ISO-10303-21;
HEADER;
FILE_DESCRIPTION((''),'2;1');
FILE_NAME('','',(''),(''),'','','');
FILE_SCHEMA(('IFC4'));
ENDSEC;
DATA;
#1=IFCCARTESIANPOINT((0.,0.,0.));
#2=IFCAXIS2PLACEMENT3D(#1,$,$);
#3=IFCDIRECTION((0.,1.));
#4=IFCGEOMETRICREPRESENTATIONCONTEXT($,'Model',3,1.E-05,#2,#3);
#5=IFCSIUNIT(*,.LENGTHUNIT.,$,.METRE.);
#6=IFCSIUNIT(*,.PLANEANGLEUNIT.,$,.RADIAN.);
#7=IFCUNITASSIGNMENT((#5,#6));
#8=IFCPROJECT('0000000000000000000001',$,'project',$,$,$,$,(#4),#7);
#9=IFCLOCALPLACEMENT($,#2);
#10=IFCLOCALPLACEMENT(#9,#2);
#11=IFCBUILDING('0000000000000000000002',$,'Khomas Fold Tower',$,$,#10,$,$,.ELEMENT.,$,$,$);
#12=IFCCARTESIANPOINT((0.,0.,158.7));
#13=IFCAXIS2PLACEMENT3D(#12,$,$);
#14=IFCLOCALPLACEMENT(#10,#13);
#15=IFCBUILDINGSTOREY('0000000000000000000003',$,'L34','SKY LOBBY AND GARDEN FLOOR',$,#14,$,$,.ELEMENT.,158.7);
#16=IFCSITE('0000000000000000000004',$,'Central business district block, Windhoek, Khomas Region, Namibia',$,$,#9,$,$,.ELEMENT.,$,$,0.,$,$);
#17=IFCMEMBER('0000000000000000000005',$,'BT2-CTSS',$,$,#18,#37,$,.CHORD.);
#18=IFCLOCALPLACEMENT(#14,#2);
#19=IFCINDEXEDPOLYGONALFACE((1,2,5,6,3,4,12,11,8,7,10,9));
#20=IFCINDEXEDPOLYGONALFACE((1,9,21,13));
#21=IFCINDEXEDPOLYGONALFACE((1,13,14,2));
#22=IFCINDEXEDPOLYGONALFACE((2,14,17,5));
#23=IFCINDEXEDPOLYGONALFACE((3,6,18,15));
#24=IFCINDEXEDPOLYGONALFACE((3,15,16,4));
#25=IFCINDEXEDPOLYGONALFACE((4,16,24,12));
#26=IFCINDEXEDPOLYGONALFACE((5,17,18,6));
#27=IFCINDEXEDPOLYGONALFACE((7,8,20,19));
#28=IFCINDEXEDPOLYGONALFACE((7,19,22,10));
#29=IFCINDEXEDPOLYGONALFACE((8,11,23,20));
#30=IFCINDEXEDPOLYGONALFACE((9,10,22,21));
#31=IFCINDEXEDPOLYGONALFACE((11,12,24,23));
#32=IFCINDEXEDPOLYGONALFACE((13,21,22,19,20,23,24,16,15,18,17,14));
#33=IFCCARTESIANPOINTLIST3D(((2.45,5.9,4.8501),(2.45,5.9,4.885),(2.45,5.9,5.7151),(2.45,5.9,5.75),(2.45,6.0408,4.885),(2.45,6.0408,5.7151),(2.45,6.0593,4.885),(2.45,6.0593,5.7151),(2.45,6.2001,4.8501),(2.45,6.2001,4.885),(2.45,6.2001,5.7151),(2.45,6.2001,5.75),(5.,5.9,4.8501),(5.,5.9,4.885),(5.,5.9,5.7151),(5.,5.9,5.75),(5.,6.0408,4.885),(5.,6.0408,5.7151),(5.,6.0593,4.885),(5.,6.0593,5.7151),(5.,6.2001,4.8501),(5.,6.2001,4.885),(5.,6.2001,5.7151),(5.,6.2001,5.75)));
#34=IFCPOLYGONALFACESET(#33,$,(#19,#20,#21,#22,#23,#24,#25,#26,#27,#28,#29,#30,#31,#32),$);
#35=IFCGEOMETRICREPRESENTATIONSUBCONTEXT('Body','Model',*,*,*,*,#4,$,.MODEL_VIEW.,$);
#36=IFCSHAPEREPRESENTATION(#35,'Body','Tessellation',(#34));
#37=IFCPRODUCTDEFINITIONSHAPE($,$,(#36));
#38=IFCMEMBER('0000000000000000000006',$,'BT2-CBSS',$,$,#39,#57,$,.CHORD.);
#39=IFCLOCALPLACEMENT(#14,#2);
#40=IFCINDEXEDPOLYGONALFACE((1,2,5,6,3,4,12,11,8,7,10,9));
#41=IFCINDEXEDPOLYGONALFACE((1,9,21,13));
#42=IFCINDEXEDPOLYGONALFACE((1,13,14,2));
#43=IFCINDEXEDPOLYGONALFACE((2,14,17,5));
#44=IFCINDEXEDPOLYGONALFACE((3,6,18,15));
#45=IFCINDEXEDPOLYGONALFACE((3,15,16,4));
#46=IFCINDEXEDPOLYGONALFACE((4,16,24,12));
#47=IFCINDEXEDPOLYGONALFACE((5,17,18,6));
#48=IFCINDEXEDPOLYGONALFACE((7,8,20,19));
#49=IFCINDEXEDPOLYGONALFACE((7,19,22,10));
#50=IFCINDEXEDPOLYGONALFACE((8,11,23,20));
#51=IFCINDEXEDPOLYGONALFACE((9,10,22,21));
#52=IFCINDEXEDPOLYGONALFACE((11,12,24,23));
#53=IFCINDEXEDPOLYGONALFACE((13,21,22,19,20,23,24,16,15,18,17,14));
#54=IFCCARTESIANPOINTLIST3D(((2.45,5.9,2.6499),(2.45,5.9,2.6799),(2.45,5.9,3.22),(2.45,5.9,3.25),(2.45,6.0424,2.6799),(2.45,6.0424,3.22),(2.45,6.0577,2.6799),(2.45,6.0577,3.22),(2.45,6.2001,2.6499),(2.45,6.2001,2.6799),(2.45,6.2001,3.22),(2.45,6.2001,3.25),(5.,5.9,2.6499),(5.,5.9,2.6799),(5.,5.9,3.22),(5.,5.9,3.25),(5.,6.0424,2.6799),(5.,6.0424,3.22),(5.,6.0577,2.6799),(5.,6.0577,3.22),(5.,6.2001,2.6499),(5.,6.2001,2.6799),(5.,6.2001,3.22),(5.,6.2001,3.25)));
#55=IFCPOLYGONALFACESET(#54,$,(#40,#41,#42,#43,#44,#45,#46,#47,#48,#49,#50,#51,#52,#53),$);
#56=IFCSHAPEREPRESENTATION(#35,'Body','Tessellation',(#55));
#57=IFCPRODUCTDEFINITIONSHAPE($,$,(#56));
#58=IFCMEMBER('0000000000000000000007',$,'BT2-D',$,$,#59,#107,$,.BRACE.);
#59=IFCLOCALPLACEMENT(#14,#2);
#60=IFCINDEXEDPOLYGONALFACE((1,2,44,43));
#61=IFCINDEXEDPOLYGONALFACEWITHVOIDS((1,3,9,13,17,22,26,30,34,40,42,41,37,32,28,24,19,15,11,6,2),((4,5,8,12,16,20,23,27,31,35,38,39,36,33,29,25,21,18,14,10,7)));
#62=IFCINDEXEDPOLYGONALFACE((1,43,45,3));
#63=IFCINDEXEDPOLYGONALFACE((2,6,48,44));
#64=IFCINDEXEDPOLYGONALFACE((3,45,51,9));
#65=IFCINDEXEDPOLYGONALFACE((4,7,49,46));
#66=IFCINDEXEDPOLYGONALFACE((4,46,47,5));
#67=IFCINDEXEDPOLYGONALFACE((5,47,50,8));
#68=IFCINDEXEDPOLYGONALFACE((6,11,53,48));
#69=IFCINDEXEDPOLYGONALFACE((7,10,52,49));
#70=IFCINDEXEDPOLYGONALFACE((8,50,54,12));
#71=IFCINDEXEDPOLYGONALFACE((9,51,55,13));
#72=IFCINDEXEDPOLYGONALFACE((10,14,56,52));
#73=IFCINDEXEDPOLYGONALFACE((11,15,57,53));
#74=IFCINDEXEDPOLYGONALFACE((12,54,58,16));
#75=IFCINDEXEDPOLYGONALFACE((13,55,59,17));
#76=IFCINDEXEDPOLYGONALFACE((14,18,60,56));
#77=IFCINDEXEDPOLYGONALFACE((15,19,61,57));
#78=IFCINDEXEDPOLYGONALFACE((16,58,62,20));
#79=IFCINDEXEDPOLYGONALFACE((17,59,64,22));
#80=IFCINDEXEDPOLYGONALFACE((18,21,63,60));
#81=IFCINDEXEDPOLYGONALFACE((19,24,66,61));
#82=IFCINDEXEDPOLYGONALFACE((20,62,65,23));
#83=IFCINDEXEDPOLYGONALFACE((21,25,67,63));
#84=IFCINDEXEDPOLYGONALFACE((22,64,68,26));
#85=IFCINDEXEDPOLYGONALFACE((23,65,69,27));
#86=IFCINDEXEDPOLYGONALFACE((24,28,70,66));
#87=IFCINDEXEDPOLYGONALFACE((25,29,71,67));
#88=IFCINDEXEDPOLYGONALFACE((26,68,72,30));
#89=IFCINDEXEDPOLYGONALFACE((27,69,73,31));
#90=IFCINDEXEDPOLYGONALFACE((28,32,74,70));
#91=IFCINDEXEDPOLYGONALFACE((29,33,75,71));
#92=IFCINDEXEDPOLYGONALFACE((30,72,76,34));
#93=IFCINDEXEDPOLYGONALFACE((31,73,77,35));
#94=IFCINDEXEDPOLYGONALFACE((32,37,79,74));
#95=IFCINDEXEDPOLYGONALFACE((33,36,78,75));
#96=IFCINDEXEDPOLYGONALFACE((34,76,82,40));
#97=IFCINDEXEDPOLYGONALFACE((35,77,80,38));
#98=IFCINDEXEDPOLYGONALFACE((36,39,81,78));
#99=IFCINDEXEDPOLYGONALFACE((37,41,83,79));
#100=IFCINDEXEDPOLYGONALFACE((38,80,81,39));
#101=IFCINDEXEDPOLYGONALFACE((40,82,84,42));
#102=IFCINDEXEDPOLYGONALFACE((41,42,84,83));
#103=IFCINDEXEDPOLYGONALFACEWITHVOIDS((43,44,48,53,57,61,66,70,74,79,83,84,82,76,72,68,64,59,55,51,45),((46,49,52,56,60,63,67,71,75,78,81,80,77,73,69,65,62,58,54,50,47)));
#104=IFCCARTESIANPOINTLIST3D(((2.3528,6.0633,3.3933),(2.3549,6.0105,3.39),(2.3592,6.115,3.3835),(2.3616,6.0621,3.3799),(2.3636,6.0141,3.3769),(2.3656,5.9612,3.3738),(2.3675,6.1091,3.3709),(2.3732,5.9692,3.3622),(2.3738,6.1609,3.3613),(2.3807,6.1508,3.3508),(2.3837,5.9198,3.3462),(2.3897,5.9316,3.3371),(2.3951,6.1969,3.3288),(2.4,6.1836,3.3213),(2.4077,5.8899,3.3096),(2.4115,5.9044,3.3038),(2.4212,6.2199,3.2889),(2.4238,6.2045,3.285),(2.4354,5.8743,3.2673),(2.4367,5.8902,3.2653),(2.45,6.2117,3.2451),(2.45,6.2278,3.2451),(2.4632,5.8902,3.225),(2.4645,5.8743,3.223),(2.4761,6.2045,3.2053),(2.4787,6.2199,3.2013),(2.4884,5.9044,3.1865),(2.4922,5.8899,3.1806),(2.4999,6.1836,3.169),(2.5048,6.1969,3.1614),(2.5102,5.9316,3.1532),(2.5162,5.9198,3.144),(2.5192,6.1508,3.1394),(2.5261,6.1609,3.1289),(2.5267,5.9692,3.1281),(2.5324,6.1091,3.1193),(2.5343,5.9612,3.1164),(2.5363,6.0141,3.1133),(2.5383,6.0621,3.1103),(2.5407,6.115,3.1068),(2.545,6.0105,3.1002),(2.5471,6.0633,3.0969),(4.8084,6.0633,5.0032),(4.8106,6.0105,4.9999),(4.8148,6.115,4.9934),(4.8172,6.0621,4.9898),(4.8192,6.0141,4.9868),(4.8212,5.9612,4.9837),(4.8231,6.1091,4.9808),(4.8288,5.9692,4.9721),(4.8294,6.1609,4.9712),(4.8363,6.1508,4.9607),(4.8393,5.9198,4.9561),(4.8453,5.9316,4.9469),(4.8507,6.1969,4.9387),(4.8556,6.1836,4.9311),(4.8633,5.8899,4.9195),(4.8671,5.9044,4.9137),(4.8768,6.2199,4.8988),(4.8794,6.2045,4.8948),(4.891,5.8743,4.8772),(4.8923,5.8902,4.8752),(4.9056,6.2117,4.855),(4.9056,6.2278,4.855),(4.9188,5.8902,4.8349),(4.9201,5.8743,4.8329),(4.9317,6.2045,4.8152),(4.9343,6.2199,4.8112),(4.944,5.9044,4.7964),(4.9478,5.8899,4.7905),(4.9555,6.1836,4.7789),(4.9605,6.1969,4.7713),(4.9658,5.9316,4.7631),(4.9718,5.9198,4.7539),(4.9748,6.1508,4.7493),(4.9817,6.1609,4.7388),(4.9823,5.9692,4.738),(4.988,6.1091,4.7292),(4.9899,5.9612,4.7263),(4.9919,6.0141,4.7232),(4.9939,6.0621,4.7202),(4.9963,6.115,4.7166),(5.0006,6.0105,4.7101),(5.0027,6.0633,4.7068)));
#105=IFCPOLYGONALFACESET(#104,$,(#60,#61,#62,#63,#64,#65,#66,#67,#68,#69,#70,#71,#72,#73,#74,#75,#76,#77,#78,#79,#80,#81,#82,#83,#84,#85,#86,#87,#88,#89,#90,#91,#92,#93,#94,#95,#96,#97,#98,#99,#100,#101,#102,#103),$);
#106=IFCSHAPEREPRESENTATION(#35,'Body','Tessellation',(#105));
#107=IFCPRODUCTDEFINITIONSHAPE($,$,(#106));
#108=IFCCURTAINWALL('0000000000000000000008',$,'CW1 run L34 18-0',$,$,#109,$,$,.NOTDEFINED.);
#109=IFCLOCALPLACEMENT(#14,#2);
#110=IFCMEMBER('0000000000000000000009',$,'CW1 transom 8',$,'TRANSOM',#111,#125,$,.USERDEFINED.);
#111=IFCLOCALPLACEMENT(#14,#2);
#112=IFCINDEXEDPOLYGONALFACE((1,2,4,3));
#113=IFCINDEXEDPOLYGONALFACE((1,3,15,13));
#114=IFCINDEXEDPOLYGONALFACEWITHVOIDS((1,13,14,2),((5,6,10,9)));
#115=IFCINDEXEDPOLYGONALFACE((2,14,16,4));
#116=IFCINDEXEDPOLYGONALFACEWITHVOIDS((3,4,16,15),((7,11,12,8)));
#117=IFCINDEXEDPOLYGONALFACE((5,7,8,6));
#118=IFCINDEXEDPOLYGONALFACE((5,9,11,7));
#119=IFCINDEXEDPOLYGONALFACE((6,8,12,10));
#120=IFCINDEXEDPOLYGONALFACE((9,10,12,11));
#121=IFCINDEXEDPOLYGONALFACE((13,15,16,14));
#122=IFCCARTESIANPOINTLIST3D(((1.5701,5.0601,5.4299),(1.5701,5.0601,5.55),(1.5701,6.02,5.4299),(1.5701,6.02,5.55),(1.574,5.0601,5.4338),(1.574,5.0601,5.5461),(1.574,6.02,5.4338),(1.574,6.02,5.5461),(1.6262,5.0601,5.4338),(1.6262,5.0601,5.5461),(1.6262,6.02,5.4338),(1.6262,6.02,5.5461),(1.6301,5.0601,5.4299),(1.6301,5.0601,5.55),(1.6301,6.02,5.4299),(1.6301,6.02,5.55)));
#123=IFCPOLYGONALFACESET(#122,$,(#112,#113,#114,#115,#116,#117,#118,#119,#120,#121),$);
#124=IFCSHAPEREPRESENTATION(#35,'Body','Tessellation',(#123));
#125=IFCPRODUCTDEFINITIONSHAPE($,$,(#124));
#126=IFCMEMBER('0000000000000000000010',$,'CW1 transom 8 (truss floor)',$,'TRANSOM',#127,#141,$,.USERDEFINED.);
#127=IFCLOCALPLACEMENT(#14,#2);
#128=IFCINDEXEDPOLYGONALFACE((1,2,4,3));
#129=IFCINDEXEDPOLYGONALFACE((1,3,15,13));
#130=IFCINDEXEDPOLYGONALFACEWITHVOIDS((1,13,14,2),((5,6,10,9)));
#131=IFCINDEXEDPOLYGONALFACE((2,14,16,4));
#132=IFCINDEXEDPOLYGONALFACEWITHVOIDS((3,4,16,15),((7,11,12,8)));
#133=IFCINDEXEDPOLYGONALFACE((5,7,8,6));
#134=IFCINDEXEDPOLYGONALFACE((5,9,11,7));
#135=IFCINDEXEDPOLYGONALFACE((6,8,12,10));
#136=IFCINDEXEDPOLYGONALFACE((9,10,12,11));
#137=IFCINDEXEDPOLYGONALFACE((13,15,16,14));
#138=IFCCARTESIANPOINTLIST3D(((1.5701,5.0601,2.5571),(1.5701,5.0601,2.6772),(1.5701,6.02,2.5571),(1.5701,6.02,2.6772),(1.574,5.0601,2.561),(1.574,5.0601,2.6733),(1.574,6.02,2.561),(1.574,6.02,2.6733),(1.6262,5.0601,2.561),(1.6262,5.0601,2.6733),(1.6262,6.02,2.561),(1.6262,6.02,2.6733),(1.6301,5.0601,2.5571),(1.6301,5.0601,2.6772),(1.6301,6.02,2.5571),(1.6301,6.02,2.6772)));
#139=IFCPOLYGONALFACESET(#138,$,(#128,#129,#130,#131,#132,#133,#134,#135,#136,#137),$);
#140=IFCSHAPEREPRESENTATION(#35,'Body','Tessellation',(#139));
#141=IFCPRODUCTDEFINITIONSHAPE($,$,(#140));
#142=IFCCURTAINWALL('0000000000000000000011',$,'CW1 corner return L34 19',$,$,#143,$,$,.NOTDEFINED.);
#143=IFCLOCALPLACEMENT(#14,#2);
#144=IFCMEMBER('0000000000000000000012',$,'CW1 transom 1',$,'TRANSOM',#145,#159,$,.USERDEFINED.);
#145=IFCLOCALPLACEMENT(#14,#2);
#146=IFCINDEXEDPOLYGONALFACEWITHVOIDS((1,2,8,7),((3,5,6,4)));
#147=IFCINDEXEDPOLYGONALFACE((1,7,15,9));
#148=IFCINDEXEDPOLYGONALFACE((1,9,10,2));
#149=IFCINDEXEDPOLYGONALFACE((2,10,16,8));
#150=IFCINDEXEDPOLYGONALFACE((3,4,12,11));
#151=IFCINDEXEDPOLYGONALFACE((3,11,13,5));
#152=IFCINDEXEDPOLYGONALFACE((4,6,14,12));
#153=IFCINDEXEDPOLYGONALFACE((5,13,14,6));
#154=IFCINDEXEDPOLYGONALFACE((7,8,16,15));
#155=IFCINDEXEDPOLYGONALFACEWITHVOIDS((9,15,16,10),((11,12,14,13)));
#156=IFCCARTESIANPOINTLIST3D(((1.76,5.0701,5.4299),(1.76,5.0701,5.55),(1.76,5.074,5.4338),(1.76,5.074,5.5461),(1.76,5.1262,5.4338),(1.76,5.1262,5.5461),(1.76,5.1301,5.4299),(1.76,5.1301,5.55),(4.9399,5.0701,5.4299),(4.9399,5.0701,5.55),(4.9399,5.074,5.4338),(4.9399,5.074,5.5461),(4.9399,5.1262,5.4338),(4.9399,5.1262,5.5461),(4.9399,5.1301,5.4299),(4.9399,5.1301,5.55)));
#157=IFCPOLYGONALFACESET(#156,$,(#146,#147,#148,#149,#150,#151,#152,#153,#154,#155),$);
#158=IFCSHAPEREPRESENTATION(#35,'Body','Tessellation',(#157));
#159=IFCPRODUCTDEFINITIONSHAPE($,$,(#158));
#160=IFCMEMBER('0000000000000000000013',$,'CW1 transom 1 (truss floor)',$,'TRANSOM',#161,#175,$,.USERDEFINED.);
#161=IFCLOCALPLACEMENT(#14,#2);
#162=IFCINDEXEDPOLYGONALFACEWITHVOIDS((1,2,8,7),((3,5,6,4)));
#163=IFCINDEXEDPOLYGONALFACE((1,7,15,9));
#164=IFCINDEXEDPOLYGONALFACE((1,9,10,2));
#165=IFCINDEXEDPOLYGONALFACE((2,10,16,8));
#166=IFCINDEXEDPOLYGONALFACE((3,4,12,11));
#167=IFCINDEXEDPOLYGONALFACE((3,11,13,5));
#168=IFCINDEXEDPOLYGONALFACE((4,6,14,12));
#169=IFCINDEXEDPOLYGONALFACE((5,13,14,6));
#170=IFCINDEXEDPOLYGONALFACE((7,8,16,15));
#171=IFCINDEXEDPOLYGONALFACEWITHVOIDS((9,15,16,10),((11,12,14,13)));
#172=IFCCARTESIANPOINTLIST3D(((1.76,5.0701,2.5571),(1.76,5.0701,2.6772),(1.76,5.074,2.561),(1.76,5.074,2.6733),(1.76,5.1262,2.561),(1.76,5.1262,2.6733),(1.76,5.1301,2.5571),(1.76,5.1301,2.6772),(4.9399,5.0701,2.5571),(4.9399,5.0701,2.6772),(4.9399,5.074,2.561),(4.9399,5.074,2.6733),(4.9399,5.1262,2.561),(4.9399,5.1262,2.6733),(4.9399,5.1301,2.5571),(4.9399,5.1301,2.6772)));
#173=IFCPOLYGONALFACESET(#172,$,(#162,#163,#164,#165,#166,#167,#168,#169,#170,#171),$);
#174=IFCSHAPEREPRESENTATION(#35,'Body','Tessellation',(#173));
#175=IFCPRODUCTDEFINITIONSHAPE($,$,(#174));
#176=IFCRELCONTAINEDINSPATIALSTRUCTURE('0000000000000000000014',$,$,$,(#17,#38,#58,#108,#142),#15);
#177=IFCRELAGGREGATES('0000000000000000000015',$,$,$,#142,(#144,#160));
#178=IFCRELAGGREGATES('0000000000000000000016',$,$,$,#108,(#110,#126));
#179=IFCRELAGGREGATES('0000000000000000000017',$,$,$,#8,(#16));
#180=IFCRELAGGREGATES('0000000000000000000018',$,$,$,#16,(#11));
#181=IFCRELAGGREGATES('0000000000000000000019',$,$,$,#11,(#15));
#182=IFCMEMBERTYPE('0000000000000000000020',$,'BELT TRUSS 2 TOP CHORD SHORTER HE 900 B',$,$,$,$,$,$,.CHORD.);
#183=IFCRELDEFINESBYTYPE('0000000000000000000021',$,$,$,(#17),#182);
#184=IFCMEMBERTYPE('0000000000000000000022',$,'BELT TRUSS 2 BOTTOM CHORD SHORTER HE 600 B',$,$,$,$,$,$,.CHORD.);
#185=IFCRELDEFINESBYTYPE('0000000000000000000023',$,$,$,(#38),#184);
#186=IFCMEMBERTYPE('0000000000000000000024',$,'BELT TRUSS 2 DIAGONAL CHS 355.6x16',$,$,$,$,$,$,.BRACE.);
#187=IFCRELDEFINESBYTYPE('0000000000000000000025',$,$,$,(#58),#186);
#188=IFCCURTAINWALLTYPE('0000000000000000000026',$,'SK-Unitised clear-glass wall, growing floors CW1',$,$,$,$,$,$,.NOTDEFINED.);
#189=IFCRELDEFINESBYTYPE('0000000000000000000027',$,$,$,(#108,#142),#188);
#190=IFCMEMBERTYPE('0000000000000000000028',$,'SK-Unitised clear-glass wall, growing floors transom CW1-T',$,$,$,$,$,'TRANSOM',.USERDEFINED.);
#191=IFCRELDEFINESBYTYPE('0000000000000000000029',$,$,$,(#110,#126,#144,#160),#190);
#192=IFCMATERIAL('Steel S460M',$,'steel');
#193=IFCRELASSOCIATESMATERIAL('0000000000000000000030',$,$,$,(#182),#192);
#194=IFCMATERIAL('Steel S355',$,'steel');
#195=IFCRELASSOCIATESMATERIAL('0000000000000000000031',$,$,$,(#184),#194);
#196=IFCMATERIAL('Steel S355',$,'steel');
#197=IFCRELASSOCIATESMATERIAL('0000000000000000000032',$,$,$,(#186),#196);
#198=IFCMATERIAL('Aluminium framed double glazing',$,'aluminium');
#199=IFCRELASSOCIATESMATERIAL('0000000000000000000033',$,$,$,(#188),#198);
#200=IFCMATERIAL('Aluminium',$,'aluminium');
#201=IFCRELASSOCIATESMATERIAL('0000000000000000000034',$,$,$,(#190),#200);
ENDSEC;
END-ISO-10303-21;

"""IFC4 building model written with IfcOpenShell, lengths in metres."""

from ifc_helpers import new_model, si_unit, direction, frame, origin, origin_2d, place, context, subcontext, project, spatial, hollow_rectangle, hollow_circle, i_section, extrude, source, transform, mapped, material, material_profile, profile_set, type_object, element, aggregate, save


model = new_model("IFC4")

# Units and contexts
model_context = context("Model", 3, precision=1e-05, world=origin(), true_north=direction((0.0, 1.0)))
body_context = subcontext(model_context, "Body", "Model", "MODEL_VIEW")
ifc_project = project(units=[si_unit("LENGTHUNIT", "METRE"), si_unit("PLANEANGLEUNIT", "RADIAN")], contexts=[model_context])

# Site, building, storey
site_placement = place(None, origin())
site = spatial("IfcSite", under=ifc_project, at=site_placement, Name="Central business district block, Windhoek, Khomas Region, Namibia", CompositionType="ELEMENT", RefElevation=0.0)
building_placement = place(site_placement, origin())
building = spatial("IfcBuilding", under=site, at=building_placement, Name="Khomas Fold Tower", CompositionType="ELEMENT")
storey_placement = place(building_placement, frame((0.0, 0.0, 158.7)))
storey = spatial("IfcBuildingStorey", under=building, at=storey_placement, Name="L34", Description="SKY LOBBY AND GARDEN FLOOR", CompositionType="ELEMENT", Elevation=158.7)

# Members
ifc_material_1 = material(Name="Steel S460M", Category="steel")
ifc_material_profile_1 = material_profile(ifc_material_1, i_section(OverallWidth=0.3, OverallDepth=0.8999, WebThickness=0.0186, FlangeThickness=0.0349, at=origin_2d()), Name="HE 900 B")
ifc_profile_set_1 = profile_set([ifc_material_profile_1], Name="Steel S460M")
member_type_1 = type_object("IfcMemberType", Name="BELT TRUSS 2 TOP CHORD SHORTER HE 900 B", PredefinedType="CHORD", material=ifc_profile_set_1)
shared_shape_1 = source(origin(), body_context, "Body", "SweptSolid", [
    extrude(i_section(OverallWidth=0.3, OverallDepth=0.8999, WebThickness=0.0186, FlangeThickness=0.0349, at=origin_2d()), origin(), (0.0, 0.0, 1.0), 2.55),
])
member_1_placement = place(storey_placement, frame((2.45, 6.05, 5.3), z_axis=(1.0, 0.0, 0.0), x_axis=(0.0, 1.0, 0.0)))
element("IfcMember", 1, at=member_1_placement, inside=storey, type_object=member_type_1, Name="BT2-CTSS", PredefinedType="CHORD", context=body_context, shape_type="MappedRepresentation", body=[
    mapped(shared_shape_1, transform((0.0, 0.0, 0.0))),
])
ifc_material_2 = material(Name="Steel S355", Category="steel")
ifc_material_profile_2 = material_profile(ifc_material_2, i_section(OverallWidth=0.3, OverallDepth=0.6001, WebThickness=0.0154, FlangeThickness=0.03, at=origin_2d()), Name="HE 600 B")
ifc_profile_set_2 = profile_set([ifc_material_profile_2], Name="Steel S355")
member_type_2 = type_object("IfcMemberType", Name="BELT TRUSS 2 BOTTOM CHORD SHORTER HE 600 B", PredefinedType="CHORD", material=ifc_profile_set_2)
shared_shape_2 = source(origin(), body_context, "Body", "SweptSolid", [
    extrude(i_section(OverallWidth=0.3, OverallDepth=0.6001, WebThickness=0.0154, FlangeThickness=0.03, at=origin_2d()), origin(), (0.0, 0.0, 1.0), 2.55),
])
member_2_placement = place(storey_placement, frame((2.45, 6.05, 2.95), z_axis=(1.0, 0.0, 0.0), x_axis=(0.0, 1.0, 0.0)))
element("IfcMember", 2, at=member_2_placement, inside=storey, type_object=member_type_2, Name="BT2-CBSS", PredefinedType="CHORD", context=body_context, shape_type="MappedRepresentation", body=[
    mapped(shared_shape_2, transform((0.0, 0.0, 0.0))),
])
ifc_material_3 = material(Name="Steel S355", Category="steel")
ifc_material_profile_3 = material_profile(ifc_material_3, hollow_circle(Radius=0.1777, WallThickness=0.0161, at=origin_2d()), Name="CHS 355.6x16")
ifc_profile_set_3 = profile_set([ifc_material_profile_3], Name="Steel S355")
member_type_3 = type_object("IfcMemberType", Name="BELT TRUSS 2 DIAGONAL CHS 355.6x16", PredefinedType="BRACE", material=ifc_profile_set_3)
shared_shape_3 = source(origin(), body_context, "Body", "SweptSolid", [
    extrude(hollow_circle(Radius=0.1777, WallThickness=0.0161, at=origin_2d()), origin(), (0.0, 0.0, 1.0), 2.9363),
])
member_3_placement = place(storey_placement, frame((2.45, 6.05, 3.2451), z_axis=(0.836298, 0.0, 0.548275), x_axis=(0.0, 1.0, 0.0)))
element("IfcMember", 3, at=member_3_placement, inside=storey, type_object=member_type_3, Name="BT2-D", PredefinedType="BRACE", context=body_context, shape_type="MappedRepresentation", body=[
    mapped(shared_shape_3, transform((0.0, 0.0, 0.0))),
])

# Curtain wall, members
ifc_material_4 = material(Name="Aluminium framed double glazing", Category="aluminium")
curtain_wall_type = type_object("IfcCurtainWallType", Name="SK-Unitised clear-glass wall, growing floors CW1", PredefinedType="NOTDEFINED", material=ifc_material_4)
curtain_wall_1_placement = place(storey_placement, origin())
curtain_wall_1 = element("IfcCurtainWall", 4, at=curtain_wall_1_placement, inside=storey, type_object=curtain_wall_type, Name="CW1 run L34 18-0", PredefinedType="NOTDEFINED")
ifc_material_5 = material(Name="Aluminium", Category="aluminium")
ifc_material_profile_4 = material_profile(ifc_material_5, hollow_rectangle(XDim=0.0601, YDim=0.1201, WallThickness=0.0039, at=origin_2d()), Name="SK-Unitised clear-glass wall, growing floors transom CW1-T")
ifc_profile_set_4 = profile_set([ifc_material_profile_4], Name="Aluminium")
member_type_4 = type_object("IfcMemberType", Name="SK-Unitised clear-glass wall, growing floors transom CW1-T", ElementType="TRANSOM", PredefinedType="USERDEFINED", material=ifc_profile_set_4)
shared_shape_4 = source(origin(), body_context, "Body", "SweptSolid", [
    extrude(hollow_rectangle(XDim=0.0601, YDim=0.1201, WallThickness=0.0039, at=origin_2d()), origin(), (0.0, 0.0, 1.0), 0.96),
])
member_4_placement = place(storey_placement, frame((1.6001, 6.02, 5.49), z_axis=(0.0, -1.0, 0.0), x_axis=(1.0, 0.0, 0.0)))
member_4 = element("IfcMember", 5, at=member_4_placement, type_object=member_type_4, Name="CW1 transom 8", ObjectType="TRANSOM", PredefinedType="USERDEFINED", context=body_context, shape_type="MappedRepresentation", body=[
    mapped(shared_shape_4, transform((0.0, 0.0, 0.0))),
])
member_5_placement = place(storey_placement, frame((1.6001, 6.02, 2.6172), z_axis=(0.0, -1.0, 0.0), x_axis=(1.0, 0.0, 0.0)))
member_5 = element("IfcMember", 6, at=member_5_placement, type_object=member_type_4, Name="CW1 transom 8 (truss floor)", ObjectType="TRANSOM", PredefinedType="USERDEFINED", context=body_context, shape_type="MappedRepresentation", body=[
    mapped(shared_shape_4, transform((0.0, 0.0, 0.0))),
])

# Curtain wall, members
curtain_wall_2_placement = place(storey_placement, origin())
curtain_wall_2 = element("IfcCurtainWall", 7, at=curtain_wall_2_placement, inside=storey, type_object=curtain_wall_type, Name="CW1 corner return L34 19", PredefinedType="NOTDEFINED")
shared_shape_5 = source(origin(), body_context, "Body", "SweptSolid", [
    extrude(hollow_rectangle(XDim=0.0601, YDim=0.1201, WallThickness=0.0039, at=origin_2d()), origin(), (0.0, 0.0, 1.0), 3.1799),
])
member_6_placement = place(storey_placement, frame((1.76, 5.1001, 5.49), z_axis=(1.0, 0.0, 0.0), x_axis=(0.0, 1.0, 0.0)))
member_6 = element("IfcMember", 8, at=member_6_placement, type_object=member_type_4, Name="CW1 transom 1", ObjectType="TRANSOM", PredefinedType="USERDEFINED", context=body_context, shape_type="MappedRepresentation", body=[
    mapped(shared_shape_5, transform((0.0, 0.0, 0.0))),
])
member_7_placement = place(storey_placement, frame((1.76, 5.1001, 2.6172), z_axis=(1.0, 0.0, 0.0), x_axis=(0.0, 1.0, 0.0)))
member_7 = element("IfcMember", 9, at=member_7_placement, type_object=member_type_4, Name="CW1 transom 1 (truss floor)", ObjectType="TRANSOM", PredefinedType="USERDEFINED", context=body_context, shape_type="MappedRepresentation", body=[
    mapped(shared_shape_5, transform((0.0, 0.0, 0.0))),
])
aggregate(curtain_wall_2, [member_6, member_7])

aggregate(curtain_wall_1, [member_4, member_5])

save(model, "model.ifc")
